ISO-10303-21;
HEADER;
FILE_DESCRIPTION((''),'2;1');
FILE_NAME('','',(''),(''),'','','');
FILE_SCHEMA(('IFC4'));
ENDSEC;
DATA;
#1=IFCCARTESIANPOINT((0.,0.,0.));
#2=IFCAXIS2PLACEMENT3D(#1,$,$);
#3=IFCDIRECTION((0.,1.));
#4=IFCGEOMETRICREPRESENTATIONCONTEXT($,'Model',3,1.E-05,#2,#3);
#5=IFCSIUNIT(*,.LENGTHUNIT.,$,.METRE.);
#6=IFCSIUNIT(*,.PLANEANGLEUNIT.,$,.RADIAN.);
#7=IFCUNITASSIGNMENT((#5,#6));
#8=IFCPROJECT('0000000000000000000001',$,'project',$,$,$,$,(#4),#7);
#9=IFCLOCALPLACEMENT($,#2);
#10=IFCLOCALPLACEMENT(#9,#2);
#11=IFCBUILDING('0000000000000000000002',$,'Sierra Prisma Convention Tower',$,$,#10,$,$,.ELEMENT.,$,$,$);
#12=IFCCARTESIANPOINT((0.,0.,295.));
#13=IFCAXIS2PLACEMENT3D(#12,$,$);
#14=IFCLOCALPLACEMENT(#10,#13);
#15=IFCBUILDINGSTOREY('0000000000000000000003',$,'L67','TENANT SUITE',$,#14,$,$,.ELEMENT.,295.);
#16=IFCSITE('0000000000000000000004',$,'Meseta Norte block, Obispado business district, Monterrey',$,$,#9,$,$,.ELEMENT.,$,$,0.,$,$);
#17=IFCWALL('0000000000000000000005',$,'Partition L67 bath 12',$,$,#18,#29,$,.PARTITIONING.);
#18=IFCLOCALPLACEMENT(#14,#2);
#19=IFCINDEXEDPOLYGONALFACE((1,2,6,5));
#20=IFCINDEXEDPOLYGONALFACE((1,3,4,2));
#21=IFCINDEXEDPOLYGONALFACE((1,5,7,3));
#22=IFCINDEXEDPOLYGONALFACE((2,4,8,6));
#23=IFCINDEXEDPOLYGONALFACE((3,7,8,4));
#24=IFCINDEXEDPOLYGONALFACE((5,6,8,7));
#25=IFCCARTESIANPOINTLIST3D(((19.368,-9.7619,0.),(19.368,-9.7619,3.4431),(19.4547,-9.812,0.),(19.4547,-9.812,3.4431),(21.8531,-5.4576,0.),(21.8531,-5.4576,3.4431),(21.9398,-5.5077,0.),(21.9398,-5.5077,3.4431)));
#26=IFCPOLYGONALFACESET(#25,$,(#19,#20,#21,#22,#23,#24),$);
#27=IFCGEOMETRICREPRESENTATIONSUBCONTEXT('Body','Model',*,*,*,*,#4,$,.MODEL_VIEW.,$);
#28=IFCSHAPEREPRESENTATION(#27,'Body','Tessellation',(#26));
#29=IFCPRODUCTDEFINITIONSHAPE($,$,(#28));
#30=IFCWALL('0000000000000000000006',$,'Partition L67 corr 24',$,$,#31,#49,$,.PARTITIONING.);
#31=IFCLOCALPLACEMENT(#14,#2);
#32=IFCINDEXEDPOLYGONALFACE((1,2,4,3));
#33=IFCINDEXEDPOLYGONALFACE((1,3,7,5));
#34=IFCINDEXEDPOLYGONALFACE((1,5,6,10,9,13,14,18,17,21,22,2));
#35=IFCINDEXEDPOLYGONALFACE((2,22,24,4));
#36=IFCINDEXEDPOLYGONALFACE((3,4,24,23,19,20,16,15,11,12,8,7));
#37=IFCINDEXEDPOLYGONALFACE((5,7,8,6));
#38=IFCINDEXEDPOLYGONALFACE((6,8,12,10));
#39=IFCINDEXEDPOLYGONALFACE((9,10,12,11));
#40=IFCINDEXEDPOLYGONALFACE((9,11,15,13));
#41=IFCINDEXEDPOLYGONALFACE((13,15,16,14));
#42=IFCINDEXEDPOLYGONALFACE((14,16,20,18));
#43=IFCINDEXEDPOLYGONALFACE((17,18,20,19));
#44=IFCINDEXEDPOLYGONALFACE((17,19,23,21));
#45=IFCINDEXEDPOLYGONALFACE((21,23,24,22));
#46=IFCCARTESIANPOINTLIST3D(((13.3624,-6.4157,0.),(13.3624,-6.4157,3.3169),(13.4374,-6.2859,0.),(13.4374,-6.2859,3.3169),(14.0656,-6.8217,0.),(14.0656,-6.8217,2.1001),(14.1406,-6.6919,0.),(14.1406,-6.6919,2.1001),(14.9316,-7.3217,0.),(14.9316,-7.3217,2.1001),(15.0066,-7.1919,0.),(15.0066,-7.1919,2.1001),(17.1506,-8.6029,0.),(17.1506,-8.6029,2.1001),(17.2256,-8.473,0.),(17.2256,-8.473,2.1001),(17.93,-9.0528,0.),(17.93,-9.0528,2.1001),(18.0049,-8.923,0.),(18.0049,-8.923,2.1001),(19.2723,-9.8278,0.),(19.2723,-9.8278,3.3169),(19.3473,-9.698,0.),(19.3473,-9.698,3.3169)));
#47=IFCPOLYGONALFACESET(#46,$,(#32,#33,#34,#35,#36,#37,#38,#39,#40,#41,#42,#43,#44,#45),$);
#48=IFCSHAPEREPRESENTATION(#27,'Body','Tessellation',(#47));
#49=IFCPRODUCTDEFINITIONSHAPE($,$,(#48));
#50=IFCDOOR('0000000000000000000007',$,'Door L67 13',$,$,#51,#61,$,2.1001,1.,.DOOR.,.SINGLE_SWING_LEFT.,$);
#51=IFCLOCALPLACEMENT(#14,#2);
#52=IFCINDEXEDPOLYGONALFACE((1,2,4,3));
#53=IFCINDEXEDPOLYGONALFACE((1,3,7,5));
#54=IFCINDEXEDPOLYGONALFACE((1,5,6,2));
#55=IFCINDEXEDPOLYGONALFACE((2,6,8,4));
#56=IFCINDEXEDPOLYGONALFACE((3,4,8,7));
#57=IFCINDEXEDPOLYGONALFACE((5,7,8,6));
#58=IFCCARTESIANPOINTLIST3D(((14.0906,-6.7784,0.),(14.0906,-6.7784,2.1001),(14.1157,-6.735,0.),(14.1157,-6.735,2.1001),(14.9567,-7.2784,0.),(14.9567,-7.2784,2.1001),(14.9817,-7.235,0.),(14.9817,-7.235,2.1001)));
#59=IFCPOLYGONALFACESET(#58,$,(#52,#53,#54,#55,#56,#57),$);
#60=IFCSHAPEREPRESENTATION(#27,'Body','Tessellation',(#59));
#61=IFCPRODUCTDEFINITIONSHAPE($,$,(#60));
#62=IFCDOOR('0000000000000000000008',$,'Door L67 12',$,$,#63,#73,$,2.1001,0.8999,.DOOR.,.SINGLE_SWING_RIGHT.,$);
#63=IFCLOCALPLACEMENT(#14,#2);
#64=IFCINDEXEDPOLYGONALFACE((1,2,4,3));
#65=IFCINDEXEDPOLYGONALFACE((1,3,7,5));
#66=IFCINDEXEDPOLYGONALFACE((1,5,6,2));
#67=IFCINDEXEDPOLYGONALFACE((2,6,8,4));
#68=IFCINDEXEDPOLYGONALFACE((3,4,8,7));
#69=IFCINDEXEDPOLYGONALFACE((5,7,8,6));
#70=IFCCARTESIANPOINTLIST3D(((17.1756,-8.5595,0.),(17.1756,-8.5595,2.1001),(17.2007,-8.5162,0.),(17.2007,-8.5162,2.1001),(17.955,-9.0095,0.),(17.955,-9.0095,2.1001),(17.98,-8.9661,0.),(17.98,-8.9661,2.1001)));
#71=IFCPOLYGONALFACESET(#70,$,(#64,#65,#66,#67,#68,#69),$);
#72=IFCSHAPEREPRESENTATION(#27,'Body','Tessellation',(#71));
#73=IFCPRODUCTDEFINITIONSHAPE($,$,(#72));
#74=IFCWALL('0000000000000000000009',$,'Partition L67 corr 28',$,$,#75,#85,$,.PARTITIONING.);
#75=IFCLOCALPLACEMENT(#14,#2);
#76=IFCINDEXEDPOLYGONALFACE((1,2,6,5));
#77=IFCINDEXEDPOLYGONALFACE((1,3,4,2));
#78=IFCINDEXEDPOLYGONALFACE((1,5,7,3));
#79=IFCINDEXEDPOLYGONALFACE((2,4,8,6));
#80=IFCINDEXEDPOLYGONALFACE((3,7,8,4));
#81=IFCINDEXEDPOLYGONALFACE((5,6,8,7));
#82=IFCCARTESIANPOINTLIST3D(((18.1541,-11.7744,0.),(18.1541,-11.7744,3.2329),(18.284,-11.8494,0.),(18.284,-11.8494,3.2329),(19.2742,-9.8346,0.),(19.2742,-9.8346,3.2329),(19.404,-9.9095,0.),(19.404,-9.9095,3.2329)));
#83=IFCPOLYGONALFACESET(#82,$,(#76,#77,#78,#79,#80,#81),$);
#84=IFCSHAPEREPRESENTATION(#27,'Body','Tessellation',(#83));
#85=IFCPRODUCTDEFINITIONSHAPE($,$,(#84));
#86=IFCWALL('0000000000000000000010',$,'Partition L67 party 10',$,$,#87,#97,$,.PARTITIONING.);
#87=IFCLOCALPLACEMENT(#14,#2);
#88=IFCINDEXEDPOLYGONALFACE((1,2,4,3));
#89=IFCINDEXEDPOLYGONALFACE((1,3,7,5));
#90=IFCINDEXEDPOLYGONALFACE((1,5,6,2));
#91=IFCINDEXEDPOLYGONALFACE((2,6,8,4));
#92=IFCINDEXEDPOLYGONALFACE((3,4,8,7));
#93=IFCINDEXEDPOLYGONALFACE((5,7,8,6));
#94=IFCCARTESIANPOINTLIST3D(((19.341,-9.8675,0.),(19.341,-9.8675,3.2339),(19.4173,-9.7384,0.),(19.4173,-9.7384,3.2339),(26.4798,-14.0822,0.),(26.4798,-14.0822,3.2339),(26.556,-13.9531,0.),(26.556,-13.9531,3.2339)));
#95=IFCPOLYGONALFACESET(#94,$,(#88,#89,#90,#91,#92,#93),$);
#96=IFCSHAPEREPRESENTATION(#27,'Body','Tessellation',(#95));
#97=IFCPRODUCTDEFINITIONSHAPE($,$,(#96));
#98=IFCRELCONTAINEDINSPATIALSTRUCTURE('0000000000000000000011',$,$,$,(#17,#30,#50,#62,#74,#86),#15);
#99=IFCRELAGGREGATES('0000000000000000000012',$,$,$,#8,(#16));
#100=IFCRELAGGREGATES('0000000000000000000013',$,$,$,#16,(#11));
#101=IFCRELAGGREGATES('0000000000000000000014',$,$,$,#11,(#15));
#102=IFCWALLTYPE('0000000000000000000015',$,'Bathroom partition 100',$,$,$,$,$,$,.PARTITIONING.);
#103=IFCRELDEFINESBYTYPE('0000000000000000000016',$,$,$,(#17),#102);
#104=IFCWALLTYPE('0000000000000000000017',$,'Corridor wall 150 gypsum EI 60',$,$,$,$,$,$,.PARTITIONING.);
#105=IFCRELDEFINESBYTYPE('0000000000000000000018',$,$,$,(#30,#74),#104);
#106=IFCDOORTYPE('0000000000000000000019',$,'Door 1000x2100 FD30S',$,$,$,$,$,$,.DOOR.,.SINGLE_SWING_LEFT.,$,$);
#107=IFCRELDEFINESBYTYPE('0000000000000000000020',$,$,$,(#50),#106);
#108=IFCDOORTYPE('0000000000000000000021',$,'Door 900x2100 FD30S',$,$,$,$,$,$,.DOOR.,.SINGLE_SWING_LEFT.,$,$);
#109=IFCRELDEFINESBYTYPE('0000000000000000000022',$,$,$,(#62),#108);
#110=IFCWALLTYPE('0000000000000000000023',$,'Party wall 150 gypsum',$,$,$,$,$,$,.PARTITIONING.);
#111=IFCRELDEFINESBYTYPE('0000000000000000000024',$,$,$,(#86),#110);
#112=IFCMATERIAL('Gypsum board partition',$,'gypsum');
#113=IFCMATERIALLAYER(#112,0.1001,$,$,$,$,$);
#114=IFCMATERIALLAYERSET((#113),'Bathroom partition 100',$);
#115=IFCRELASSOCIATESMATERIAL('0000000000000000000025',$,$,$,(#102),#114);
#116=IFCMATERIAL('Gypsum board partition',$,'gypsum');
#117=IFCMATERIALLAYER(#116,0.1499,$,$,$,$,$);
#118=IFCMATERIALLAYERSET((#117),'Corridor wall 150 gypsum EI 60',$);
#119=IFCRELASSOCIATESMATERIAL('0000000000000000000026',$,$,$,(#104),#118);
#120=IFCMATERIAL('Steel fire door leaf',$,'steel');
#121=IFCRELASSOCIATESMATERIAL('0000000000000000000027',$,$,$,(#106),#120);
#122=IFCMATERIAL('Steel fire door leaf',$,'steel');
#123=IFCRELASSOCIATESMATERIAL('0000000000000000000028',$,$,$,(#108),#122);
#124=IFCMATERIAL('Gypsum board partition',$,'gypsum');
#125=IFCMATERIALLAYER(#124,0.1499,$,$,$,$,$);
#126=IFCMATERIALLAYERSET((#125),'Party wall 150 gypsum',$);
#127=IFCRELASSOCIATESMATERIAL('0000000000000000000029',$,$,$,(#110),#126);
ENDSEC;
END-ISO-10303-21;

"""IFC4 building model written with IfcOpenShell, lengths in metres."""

from ifc_helpers import new_model, si_unit, direction, frame, frame_2d, origin, place, context, subcontext, project, spatial, rectangle, extrude, material, layer, layer_set, type_object, element, fill, save


model = new_model("IFC4")

# Units and contexts
model_context = context("Model", 3, precision=1e-05, world=origin(), true_north=direction((0.0, 1.0)))
body_context = subcontext(model_context, "Body", "Model", "MODEL_VIEW")
ifc_project = project(units=[si_unit("LENGTHUNIT", "METRE"), si_unit("PLANEANGLEUNIT", "RADIAN")], contexts=[model_context])

# Site, building, storey
site_placement = place(None, origin())
site = spatial("IfcSite", under=ifc_project, at=site_placement, Name="Meseta Norte block, Obispado business district, Monterrey", CompositionType="ELEMENT", RefElevation=0.0)
building_placement = place(site_placement, origin())
building = spatial("IfcBuilding", under=site, at=building_placement, Name="Sierra Prisma Convention Tower", CompositionType="ELEMENT")
storey_placement = place(building_placement, frame((0.0, 0.0, 295.0)))
storey = spatial("IfcBuildingStorey", under=building, at=storey_placement, Name="L67", Description="TENANT SUITE", CompositionType="ELEMENT", Elevation=295.0)

# Wall
ifc_material_1 = material(Name="Gypsum board partition", Category="gypsum")
ifc_layer_1 = layer(ifc_material_1, 0.1001)
ifc_layer_set_1 = layer_set([ifc_layer_1], Name="Bathroom partition 100")
wall_type_1 = type_object("IfcWallType", Name="Bathroom partition 100", PredefinedType="PARTITIONING", material=ifc_layer_set_1)
wall_1_placement = place(storey_placement, frame((21.8965, -5.4827, 0.0), z_axis=(0.0, 0.0, 1.0), x_axis=(-0.500012, -0.866019, 0.0)))
element("IfcWall", 1, at=wall_1_placement, inside=storey, type_object=wall_type_1, Name="Partition L67 bath 12", PredefinedType="PARTITIONING", context=body_context, shape_type="SweptSolid", body=[
    extrude(rectangle(XDim=4.9702, YDim=0.1001, at=frame_2d((2.4851, 0.0))), origin(), (0.0, 0.0, 1.0), 3.4431),
])

# Wall, openings, doors
ifc_material_2 = material(Name="Gypsum board partition", Category="gypsum")
ifc_layer_2 = layer(ifc_material_2, 0.1499)
ifc_layer_set_2 = layer_set([ifc_layer_2], Name="Corridor wall 150 gypsum EI 60")
wall_type_2 = type_object("IfcWallType", Name="Corridor wall 150 gypsum EI 60", PredefinedType="PARTITIONING", material=ifc_layer_set_2)
wall_2_placement = place(storey_placement, frame((19.3098, -9.7629, 0.0), z_axis=(0.0, 0.0, 1.0), x_axis=(-0.866024, 0.500002, 0.0)))
wall_2 = element("IfcWall", 2, at=wall_2_placement, inside=storey, type_object=wall_type_2, Name="Partition L67 corr 24", PredefinedType="PARTITIONING", context=body_context, shape_type="SweptSolid", body=[
    extrude(rectangle(XDim=6.8242, YDim=0.1499, at=frame_2d((3.4121, 0.0))), origin(), (0.0, 0.0, 1.0), 3.3169),
])
opening_1_placement = place(wall_2_placement, frame((1.55, 0.0, 0.0)))
opening_1 = element("IfcOpeningElement", 3, at=opening_1_placement, cuts=wall_2, PredefinedType="OPENING", context=body_context, shape_type="SweptSolid", body=[
    extrude(rectangle(XDim=0.8999, YDim=2.1001, at=frame_2d((0.45, 1.05))), frame((0.0, 0.075, 0.0), z_axis=(0.0, -1.0, 0.0), x_axis=(1.0, 0.0, 0.0)), (0.0, 0.0, 1.0), 0.1499),
])
opening_2_placement = place(wall_2_placement, frame((5.0122, 0.0, 0.0)))
opening_2 = element("IfcOpeningElement", 4, at=opening_2_placement, cuts=wall_2, PredefinedType="OPENING", context=body_context, shape_type="SweptSolid", body=[
    extrude(rectangle(XDim=1.0, YDim=2.1001, at=frame_2d((0.5, 1.05))), frame((0.0, 0.075, 0.0), z_axis=(0.0, -1.0, 0.0), x_axis=(1.0, 0.0, 0.0)), (0.0, 0.0, 1.0), 0.1499),
])
ifc_material_3 = material(Name="Steel fire door leaf", Category="steel")
door_type_1 = type_object("IfcDoorType", Name="Door 1000x2100 FD30S", OperationType="SINGLE_SWING_LEFT", PredefinedType="DOOR", material=ifc_material_3)
door_1_placement = place(opening_2_placement, origin())
door_1 = element("IfcDoor", 5, at=door_1_placement, inside=storey, type_object=door_type_1, Name="Door L67 13", OperationType="SINGLE_SWING_LEFT", OverallHeight=2.1001, OverallWidth=1.0, PredefinedType="DOOR", context=body_context, shape_type="SweptSolid", body=[
    extrude(rectangle(XDim=1.0, YDim=2.1001, at=frame_2d((0.5, 1.05))), frame((0.0, 0.0249, 0.0), z_axis=(0.0, -1.0, 0.0), x_axis=(1.0, 0.0, 0.0)), (0.0, 0.0, 1.0), 0.05),
])
fill(opening_2, door_1)
ifc_material_4 = material(Name="Steel fire door leaf", Category="steel")
door_type_2 = type_object("IfcDoorType", Name="Door 900x2100 FD30S", OperationType="SINGLE_SWING_LEFT", PredefinedType="DOOR", material=ifc_material_4)
door_2_placement = place(opening_1_placement, origin())
door_2 = element("IfcDoor", 6, at=door_2_placement, inside=storey, type_object=door_type_2, Name="Door L67 12", OperationType="SINGLE_SWING_RIGHT", OverallHeight=2.1001, OverallWidth=0.8999, PredefinedType="DOOR", context=body_context, shape_type="SweptSolid", body=[
    extrude(rectangle(XDim=0.8999, YDim=2.1001, at=frame_2d((0.45, 1.05))), frame((0.0, 0.0249, 0.0), z_axis=(0.0, -1.0, 0.0), x_axis=(1.0, 0.0, 0.0)), (0.0, 0.0, 1.0), 0.05),
])
fill(opening_1, door_2)

# Walls
wall_3_placement = place(storey_placement, frame((18.219, -11.812, 0.0), z_axis=(0.0, 0.0, 1.0), x_axis=(0.500031, 0.866008, 0.0)))
element("IfcWall", 7, at=wall_3_placement, inside=storey, type_object=wall_type_2, Name="Partition L67 corr 28", PredefinedType="PARTITIONING", context=body_context, shape_type="SweptSolid", body=[
    extrude(rectangle(XDim=2.24, YDim=0.1499, at=frame_2d((1.1201, 0.0))), origin(), (0.0, 0.0, 1.0), 3.2329),
])
ifc_material_5 = material(Name="Gypsum board partition", Category="gypsum")
ifc_layer_3 = layer(ifc_material_5, 0.1499)
ifc_layer_set_3 = layer_set([ifc_layer_3], Name="Party wall 150 gypsum")
wall_type_3 = type_object("IfcWallType", Name="Party wall 150 gypsum", PredefinedType="PARTITIONING", material=ifc_layer_set_3)
wall_4_placement = place(storey_placement, frame((19.3792, -9.803, 0.0), z_axis=(0.0, 0.0, 1.0), x_axis=(0.861122, -0.508398, 0.0)))
element("IfcWall", 8, at=wall_4_placement, inside=storey, type_object=wall_type_3, Name="Partition L67 party 10", PredefinedType="PARTITIONING", context=body_context, shape_type="SweptSolid", body=[
    extrude(rectangle(XDim=8.29, YDim=0.1499, at=frame_2d((4.145, 0.0))), origin(), (0.0, 0.0, 1.0), 3.2339),
])

save(model, "model.ifc")
